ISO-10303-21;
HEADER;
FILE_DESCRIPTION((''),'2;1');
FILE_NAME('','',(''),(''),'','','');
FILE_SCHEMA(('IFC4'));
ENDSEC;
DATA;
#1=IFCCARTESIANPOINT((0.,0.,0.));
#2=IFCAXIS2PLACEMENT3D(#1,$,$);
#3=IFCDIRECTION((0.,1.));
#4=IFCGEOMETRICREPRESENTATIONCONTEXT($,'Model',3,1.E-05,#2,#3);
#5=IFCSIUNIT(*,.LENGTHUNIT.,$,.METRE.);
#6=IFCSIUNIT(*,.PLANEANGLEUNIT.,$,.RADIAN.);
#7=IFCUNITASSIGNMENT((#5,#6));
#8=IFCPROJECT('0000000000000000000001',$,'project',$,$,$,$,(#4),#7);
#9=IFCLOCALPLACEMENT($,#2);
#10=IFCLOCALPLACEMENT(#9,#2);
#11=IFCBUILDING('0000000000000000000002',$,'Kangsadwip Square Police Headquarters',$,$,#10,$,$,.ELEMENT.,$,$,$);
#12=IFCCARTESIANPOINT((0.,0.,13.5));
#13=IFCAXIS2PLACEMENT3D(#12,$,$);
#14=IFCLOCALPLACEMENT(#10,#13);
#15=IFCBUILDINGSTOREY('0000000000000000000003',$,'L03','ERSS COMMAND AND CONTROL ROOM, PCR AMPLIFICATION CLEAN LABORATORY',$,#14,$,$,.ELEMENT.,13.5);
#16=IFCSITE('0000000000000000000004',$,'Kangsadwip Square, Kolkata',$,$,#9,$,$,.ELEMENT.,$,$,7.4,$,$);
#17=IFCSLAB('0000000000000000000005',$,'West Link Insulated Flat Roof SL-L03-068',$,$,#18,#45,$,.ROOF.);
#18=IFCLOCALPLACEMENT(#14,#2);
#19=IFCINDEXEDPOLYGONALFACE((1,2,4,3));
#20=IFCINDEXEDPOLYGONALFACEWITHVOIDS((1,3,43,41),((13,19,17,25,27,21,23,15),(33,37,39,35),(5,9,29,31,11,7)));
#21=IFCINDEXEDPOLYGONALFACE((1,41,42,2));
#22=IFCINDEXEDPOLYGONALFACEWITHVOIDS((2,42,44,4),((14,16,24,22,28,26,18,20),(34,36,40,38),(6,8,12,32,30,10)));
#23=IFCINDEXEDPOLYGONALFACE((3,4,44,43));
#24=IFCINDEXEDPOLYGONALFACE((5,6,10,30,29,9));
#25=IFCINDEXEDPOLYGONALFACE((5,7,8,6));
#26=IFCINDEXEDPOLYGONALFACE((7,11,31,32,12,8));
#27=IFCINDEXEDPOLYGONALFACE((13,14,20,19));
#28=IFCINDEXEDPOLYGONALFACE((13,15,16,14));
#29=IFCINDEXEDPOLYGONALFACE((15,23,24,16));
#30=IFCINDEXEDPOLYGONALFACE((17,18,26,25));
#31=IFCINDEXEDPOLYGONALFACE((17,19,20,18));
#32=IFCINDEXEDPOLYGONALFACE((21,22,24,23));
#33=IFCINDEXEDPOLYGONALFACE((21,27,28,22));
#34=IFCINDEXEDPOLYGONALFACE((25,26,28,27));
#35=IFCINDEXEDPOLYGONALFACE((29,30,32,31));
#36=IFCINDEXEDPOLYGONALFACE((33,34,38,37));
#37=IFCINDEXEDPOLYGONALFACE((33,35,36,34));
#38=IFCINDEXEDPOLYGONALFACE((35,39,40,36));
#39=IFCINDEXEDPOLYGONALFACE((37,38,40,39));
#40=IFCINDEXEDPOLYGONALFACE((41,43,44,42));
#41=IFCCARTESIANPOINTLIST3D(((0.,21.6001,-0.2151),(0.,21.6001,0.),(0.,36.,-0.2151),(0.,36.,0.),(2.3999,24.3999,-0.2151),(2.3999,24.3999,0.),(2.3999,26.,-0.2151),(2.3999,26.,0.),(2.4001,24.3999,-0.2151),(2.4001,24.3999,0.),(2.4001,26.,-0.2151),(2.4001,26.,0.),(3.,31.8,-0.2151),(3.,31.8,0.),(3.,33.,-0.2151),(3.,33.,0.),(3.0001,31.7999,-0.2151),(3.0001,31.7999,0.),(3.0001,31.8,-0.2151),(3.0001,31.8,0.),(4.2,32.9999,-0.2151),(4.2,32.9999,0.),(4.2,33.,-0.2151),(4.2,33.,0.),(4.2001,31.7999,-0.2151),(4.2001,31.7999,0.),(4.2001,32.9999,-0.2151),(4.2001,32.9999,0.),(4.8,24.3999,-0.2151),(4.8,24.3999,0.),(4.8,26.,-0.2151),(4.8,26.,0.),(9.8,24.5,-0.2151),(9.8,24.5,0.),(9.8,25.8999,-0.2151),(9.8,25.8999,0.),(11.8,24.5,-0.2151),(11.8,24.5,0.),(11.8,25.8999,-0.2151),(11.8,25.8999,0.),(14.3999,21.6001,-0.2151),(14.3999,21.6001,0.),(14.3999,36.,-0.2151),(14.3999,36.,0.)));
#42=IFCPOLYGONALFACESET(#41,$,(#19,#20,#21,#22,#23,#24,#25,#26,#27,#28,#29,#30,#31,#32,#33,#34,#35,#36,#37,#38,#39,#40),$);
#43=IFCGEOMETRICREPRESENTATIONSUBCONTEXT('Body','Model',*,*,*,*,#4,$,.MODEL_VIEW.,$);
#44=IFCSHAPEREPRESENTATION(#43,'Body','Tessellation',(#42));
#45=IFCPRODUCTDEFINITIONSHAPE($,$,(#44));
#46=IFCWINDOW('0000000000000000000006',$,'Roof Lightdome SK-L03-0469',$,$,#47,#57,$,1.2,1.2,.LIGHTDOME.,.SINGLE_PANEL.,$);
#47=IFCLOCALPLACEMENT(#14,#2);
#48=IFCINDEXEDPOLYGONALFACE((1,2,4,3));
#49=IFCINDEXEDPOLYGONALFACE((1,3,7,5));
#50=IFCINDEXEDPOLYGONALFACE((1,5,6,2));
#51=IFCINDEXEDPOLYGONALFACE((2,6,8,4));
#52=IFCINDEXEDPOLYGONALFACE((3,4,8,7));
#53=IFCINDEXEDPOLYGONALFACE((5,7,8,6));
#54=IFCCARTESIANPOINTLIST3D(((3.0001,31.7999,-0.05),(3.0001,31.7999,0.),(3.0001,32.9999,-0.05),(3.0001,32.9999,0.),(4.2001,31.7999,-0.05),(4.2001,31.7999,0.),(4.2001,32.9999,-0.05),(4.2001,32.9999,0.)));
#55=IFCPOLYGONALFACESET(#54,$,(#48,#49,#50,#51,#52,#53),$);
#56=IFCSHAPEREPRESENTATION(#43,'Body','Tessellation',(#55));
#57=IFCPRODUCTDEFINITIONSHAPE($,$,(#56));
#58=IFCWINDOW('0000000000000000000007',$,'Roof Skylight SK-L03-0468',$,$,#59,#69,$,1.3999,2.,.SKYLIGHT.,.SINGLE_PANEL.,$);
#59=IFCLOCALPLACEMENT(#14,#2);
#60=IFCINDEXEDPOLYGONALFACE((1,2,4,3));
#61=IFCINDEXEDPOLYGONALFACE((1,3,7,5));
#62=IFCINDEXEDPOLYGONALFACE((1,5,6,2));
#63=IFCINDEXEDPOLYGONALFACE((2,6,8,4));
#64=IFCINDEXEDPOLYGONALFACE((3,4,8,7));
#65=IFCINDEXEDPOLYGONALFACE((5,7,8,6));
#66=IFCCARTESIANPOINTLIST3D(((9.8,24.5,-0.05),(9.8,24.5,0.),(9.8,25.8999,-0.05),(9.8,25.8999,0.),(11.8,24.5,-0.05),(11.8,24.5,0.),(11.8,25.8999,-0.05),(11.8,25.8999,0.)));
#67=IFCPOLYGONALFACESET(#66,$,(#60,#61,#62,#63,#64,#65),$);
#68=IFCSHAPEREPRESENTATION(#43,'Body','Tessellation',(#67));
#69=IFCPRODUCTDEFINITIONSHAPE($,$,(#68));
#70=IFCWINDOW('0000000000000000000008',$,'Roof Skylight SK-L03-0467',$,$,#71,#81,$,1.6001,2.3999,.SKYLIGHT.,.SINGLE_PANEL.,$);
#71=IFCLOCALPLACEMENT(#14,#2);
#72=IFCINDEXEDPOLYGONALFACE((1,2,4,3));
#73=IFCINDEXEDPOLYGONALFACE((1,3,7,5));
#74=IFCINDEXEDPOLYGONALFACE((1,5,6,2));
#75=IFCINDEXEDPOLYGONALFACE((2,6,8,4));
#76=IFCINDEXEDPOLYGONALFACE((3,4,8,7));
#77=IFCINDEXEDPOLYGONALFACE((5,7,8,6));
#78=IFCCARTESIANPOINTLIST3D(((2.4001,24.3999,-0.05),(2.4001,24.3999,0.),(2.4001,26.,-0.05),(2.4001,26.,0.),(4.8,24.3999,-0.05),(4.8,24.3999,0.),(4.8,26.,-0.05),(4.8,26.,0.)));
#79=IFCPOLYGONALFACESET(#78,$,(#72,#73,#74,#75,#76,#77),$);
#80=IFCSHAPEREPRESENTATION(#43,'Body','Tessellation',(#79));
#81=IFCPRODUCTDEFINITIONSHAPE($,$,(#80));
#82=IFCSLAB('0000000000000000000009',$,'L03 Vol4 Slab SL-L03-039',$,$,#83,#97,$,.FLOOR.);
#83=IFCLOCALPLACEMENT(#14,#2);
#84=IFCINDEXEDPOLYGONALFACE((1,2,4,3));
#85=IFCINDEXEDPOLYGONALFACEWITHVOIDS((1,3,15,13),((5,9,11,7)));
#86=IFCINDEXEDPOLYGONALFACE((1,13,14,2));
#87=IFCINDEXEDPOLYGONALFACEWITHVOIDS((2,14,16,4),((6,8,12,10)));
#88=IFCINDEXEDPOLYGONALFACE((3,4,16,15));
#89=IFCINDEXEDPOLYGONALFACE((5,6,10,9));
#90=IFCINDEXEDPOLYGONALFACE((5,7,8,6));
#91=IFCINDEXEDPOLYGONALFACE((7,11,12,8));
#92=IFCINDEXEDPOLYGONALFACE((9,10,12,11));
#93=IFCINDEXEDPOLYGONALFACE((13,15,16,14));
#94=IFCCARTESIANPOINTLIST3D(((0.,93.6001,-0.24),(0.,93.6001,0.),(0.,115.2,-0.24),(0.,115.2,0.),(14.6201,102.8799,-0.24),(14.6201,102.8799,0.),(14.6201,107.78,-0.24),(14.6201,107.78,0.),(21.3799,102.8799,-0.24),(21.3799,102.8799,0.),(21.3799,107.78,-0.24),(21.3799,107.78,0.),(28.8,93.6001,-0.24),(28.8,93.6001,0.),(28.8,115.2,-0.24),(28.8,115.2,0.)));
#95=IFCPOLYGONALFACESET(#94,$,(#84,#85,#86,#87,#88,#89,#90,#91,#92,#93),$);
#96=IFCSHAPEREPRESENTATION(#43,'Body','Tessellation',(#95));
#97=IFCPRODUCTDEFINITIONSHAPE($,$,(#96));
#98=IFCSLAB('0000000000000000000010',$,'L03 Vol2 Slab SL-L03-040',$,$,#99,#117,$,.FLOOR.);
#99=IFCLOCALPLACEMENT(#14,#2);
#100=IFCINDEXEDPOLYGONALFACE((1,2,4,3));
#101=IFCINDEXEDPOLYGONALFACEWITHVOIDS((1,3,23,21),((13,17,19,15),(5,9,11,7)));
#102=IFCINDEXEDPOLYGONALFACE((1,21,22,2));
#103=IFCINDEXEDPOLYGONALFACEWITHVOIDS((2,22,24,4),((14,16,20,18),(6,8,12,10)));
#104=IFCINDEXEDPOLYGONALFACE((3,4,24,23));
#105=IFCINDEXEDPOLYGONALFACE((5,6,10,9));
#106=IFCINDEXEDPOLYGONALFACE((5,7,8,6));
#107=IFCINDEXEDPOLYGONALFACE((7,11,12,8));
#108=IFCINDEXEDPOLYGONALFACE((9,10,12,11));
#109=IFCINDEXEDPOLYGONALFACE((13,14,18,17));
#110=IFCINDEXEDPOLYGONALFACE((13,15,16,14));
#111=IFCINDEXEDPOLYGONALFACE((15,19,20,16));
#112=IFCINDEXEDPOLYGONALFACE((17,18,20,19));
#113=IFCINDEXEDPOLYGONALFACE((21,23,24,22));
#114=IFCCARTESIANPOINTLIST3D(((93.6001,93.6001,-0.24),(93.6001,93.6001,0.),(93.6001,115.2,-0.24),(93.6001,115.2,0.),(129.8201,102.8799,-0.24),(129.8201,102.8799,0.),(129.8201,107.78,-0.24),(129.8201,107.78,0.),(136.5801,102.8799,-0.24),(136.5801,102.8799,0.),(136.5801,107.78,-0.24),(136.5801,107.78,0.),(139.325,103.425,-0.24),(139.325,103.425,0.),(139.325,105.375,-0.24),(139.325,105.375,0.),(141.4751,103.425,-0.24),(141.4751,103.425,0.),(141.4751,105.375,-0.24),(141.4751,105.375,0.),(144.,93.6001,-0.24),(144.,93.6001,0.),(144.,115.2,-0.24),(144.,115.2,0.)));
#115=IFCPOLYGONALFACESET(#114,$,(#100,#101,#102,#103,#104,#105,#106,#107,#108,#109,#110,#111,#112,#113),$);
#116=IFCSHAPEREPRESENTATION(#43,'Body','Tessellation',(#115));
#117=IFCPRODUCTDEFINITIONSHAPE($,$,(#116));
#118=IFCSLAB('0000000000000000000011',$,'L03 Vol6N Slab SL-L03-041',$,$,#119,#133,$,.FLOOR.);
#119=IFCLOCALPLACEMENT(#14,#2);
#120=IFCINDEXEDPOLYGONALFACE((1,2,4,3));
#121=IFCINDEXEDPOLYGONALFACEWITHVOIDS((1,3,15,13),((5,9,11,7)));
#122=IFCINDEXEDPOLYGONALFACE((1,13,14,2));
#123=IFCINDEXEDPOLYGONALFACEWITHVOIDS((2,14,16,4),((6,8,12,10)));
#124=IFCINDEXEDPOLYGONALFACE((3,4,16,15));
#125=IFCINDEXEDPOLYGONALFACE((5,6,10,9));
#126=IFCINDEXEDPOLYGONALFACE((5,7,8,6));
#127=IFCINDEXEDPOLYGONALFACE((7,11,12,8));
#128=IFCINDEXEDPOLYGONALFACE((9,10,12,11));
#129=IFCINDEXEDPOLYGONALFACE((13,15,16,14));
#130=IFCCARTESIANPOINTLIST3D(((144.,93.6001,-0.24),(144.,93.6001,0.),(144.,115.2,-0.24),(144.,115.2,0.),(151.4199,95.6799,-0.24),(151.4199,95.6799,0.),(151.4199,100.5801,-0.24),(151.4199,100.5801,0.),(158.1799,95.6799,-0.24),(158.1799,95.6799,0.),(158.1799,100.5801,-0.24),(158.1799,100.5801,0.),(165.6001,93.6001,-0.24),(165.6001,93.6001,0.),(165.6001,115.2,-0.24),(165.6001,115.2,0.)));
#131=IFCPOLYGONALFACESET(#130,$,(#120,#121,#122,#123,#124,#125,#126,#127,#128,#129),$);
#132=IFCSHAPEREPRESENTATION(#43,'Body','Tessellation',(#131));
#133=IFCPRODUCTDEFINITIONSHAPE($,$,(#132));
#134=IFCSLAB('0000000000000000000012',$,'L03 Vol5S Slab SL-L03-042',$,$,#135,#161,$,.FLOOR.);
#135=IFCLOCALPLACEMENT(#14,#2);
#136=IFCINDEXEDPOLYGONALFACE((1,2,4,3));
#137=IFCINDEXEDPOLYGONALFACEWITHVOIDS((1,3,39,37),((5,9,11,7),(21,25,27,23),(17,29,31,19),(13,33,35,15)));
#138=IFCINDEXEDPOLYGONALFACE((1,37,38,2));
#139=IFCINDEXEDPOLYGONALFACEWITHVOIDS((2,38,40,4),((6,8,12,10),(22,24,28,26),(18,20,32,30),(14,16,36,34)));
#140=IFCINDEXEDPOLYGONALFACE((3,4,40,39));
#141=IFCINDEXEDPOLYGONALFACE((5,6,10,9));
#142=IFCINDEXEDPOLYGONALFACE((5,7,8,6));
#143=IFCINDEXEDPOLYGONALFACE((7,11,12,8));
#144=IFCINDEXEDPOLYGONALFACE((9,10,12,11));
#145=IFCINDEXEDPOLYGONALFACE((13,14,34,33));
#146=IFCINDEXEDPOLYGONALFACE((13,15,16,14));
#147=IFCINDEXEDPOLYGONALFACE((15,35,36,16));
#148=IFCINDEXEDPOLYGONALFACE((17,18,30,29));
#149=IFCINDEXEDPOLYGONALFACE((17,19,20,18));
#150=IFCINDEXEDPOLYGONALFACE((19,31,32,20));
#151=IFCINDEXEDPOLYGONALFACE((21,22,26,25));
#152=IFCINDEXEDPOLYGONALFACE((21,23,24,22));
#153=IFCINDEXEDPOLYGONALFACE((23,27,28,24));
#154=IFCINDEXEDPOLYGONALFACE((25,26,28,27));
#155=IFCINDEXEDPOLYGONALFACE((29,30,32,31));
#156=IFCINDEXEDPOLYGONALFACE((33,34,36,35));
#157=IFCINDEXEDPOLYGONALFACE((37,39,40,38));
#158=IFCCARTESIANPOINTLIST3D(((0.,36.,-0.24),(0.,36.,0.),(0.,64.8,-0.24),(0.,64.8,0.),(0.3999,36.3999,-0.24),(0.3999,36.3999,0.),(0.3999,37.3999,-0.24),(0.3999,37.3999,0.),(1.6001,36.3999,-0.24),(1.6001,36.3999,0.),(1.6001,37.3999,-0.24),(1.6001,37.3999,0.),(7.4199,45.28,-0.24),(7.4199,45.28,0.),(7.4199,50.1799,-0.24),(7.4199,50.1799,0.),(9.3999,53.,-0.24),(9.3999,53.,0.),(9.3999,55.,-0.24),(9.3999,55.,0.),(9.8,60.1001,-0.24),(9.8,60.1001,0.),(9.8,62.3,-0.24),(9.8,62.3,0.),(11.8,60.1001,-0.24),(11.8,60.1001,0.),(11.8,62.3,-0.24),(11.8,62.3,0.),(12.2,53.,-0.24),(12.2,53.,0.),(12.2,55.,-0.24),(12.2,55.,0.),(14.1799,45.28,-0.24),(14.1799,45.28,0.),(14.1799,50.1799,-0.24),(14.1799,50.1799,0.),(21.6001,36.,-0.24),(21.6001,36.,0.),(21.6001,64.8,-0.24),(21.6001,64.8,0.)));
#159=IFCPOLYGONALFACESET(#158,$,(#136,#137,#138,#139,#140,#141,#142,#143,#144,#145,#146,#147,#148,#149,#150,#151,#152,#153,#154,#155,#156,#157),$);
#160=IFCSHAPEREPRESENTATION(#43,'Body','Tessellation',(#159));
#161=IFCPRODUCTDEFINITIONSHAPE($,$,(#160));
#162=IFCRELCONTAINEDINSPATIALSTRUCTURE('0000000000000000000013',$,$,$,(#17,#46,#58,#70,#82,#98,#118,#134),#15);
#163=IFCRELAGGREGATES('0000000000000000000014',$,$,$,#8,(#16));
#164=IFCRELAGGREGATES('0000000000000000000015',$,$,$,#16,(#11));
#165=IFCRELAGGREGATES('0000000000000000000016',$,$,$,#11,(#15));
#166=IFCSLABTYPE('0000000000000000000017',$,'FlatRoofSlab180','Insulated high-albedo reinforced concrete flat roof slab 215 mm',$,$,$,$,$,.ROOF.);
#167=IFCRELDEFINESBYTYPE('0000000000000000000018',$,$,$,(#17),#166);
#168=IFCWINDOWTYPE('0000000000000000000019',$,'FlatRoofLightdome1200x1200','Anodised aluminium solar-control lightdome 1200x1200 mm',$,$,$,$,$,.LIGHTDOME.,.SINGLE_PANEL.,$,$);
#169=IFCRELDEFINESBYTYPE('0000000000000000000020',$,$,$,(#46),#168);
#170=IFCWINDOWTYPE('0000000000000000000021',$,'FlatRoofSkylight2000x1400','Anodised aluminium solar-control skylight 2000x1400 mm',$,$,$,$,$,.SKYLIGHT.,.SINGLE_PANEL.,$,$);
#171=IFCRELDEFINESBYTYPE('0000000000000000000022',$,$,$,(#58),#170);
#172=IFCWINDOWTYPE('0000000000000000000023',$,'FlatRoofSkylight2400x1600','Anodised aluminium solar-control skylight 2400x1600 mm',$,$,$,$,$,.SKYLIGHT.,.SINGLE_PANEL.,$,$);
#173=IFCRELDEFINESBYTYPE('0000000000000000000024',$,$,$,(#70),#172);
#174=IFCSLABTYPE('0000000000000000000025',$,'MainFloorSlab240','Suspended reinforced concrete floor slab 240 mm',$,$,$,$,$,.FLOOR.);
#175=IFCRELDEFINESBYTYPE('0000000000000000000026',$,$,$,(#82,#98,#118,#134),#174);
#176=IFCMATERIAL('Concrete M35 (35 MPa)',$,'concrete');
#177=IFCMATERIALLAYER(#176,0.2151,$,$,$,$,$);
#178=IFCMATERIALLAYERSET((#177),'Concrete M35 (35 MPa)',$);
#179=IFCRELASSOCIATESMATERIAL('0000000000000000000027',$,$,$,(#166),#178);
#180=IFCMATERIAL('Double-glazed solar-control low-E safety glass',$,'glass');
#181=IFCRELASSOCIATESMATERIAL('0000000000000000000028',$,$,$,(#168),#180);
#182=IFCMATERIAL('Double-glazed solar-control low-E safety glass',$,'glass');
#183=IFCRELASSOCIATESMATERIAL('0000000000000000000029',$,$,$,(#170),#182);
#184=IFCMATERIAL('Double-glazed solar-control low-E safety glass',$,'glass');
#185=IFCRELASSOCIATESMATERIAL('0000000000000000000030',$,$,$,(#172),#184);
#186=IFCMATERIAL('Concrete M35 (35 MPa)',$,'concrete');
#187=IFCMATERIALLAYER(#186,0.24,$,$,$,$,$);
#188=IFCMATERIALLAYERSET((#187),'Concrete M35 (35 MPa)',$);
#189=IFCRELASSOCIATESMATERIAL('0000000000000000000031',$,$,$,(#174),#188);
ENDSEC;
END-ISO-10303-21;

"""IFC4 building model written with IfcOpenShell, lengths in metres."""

from ifc_helpers import new_model, si_unit, direction, frame, origin, origin_2d, place, context, subcontext, project, spatial, polyline, rectangle, outline, extrude, material, layer, layer_set, type_object, element, fill, save


model = new_model("IFC4")

# Units and contexts
model_context = context("Model", 3, precision=1e-05, world=origin(), true_north=direction((0.0, 1.0)))
body_context = subcontext(model_context, "Body", "Model", "MODEL_VIEW")
ifc_project = project(units=[si_unit("LENGTHUNIT", "METRE"), si_unit("PLANEANGLEUNIT", "RADIAN")], contexts=[model_context])

# Site, building, storey
site_placement = place(None, origin())
site = spatial("IfcSite", under=ifc_project, at=site_placement, Name="Kangsadwip Square, Kolkata", CompositionType="ELEMENT", RefElevation=7.4)
building_placement = place(site_placement, origin())
building = spatial("IfcBuilding", under=site, at=building_placement, Name="Kangsadwip Square Police Headquarters", CompositionType="ELEMENT")
storey_placement = place(building_placement, frame((0.0, 0.0, 13.5)))
storey = spatial("IfcBuildingStorey", under=building, at=storey_placement, Name="L03", Description="ERSS COMMAND AND CONTROL ROOM, PCR AMPLIFICATION CLEAN LABORATORY", CompositionType="ELEMENT", Elevation=13.5)

# Slab, openings, windows
ifc_material_1 = material(Name="Concrete M35 (35 MPa)", Category="concrete")
ifc_layer_1 = layer(ifc_material_1, 0.2151)
ifc_layer_set_1 = layer_set([ifc_layer_1], Name="Concrete M35 (35 MPa)")
slab_type_1 = type_object("IfcSlabType", Name="FlatRoofSlab180", Description="Insulated high-albedo reinforced concrete flat roof slab 215 mm", PredefinedType="ROOF", material=ifc_layer_set_1)
slab_1_placement = place(storey_placement, frame((0.0, 0.0, -0.2151)))
slab_1 = element("IfcSlab", 1, at=slab_1_placement, inside=storey, type_object=slab_type_1, Name="West Link Insulated Flat Roof SL-L03-068", PredefinedType="ROOF", context=body_context, shape_type="SweptSolid", body=[
    extrude(outline(polyline([(0.0, 21.6001), (0.0, 36.0), (14.3999, 36.0), (14.3999, 21.6001), (0.0, 21.6001)]), holes=[polyline([(2.3999, 24.3999), (4.8, 24.3999), (4.8, 26.0), (2.3999, 26.0), (2.3999, 24.3999)]), polyline([(9.8, 24.5), (11.8, 24.5), (11.8, 25.8999), (9.8, 25.8999), (9.8, 24.5)]), polyline([(3.0, 31.8), (4.2, 31.8), (4.2, 33.0), (3.0, 33.0), (3.0, 31.8)])]), origin(), (0.0, 0.0, 1.0), 0.2151),
])
opening_1_placement = place(slab_1_placement, frame((3.6001, 25.2, 0.0)))
opening_1 = element("IfcOpeningElement", 2, at=opening_1_placement, cuts=slab_1, PredefinedType="OPENING", context=body_context, shape_type="SweptSolid", body=[
    extrude(rectangle(XDim=2.3999, YDim=1.6001, at=origin_2d()), origin(), (0.0, 0.0, 1.0), 0.2151),
])
opening_2_placement = place(slab_1_placement, frame((10.8, 25.2, 0.0)))
opening_2 = element("IfcOpeningElement", 3, at=opening_2_placement, cuts=slab_1, PredefinedType="OPENING", context=body_context, shape_type="SweptSolid", body=[
    extrude(rectangle(XDim=2.0, YDim=1.3999, at=origin_2d()), origin(), (0.0, 0.0, 1.0), 0.2151),
])
opening_3_placement = place(slab_1_placement, frame((3.6001, 32.3999, 0.0)))
opening_3 = element("IfcOpeningElement", 4, at=opening_3_placement, cuts=slab_1, PredefinedType="OPENING", context=body_context, shape_type="SweptSolid", body=[
    extrude(rectangle(XDim=1.2, YDim=1.2, at=origin_2d()), origin(), (0.0, 0.0, 1.0), 0.2151),
])
ifc_material_2 = material(Name="Double-glazed solar-control low-E safety glass", Category="glass")
window_type_1 = type_object("IfcWindowType", Name="FlatRoofLightdome1200x1200", Description="Anodised aluminium solar-control lightdome 1200x1200 mm", PartitioningType="SINGLE_PANEL", PredefinedType="LIGHTDOME", material=ifc_material_2)
window_1_placement = place(opening_3_placement, frame((0.0, 0.0, 0.165)))
window_1 = element("IfcWindow", 5, at=window_1_placement, inside=storey, type_object=window_type_1, Name="Roof Lightdome SK-L03-0469", OverallHeight=1.2, OverallWidth=1.2, PartitioningType="SINGLE_PANEL", PredefinedType="LIGHTDOME", context=body_context, shape_type="SweptSolid", body=[
    extrude(rectangle(XDim=1.2, YDim=1.2, at=origin_2d()), origin(), (0.0, 0.0, 1.0), 0.05),
])
fill(opening_3, window_1)
ifc_material_3 = material(Name="Double-glazed solar-control low-E safety glass", Category="glass")
window_type_2 = type_object("IfcWindowType", Name="FlatRoofSkylight2000x1400", Description="Anodised aluminium solar-control skylight 2000x1400 mm", PartitioningType="SINGLE_PANEL", PredefinedType="SKYLIGHT", material=ifc_material_3)
window_2_placement = place(opening_2_placement, frame((0.0, 0.0, 0.165)))
window_2 = element("IfcWindow", 6, at=window_2_placement, inside=storey, type_object=window_type_2, Name="Roof Skylight SK-L03-0468", OverallHeight=1.3999, OverallWidth=2.0, PartitioningType="SINGLE_PANEL", PredefinedType="SKYLIGHT", context=body_context, shape_type="SweptSolid", body=[
    extrude(rectangle(XDim=2.0, YDim=1.3999, at=origin_2d()), origin(), (0.0, 0.0, 1.0), 0.05),
])
fill(opening_2, window_2)
ifc_material_4 = material(Name="Double-glazed solar-control low-E safety glass", Category="glass")
window_type_3 = type_object("IfcWindowType", Name="FlatRoofSkylight2400x1600", Description="Anodised aluminium solar-control skylight 2400x1600 mm", PartitioningType="SINGLE_PANEL", PredefinedType="SKYLIGHT", material=ifc_material_4)
window_3_placement = place(opening_1_placement, frame((0.0, 0.0, 0.165)))
window_3 = element("IfcWindow", 7, at=window_3_placement, inside=storey, type_object=window_type_3, Name="Roof Skylight SK-L03-0467", OverallHeight=1.6001, OverallWidth=2.3999, PartitioningType="SINGLE_PANEL", PredefinedType="SKYLIGHT", context=body_context, shape_type="SweptSolid", body=[
    extrude(rectangle(XDim=2.3999, YDim=1.6001, at=origin_2d()), origin(), (0.0, 0.0, 1.0), 0.05),
])
fill(opening_1, window_3)

# Slabs
ifc_material_5 = material(Name="Concrete M35 (35 MPa)", Category="concrete")
ifc_layer_2 = layer(ifc_material_5, 0.24)
ifc_layer_set_2 = layer_set([ifc_layer_2], Name="Concrete M35 (35 MPa)")
slab_type_2 = type_object("IfcSlabType", Name="MainFloorSlab240", Description="Suspended reinforced concrete floor slab 240 mm", PredefinedType="FLOOR", material=ifc_layer_set_2)
slab_2_placement = place(storey_placement, frame((0.0, 0.0, -0.24)))
element("IfcSlab", 8, at=slab_2_placement, inside=storey, type_object=slab_type_2, Name="L03 Vol4 Slab SL-L03-039", PredefinedType="FLOOR", context=body_context, shape_type="SweptSolid", body=[
    extrude(outline(polyline([(0.0, 93.6001), (0.0, 115.2), (28.8, 115.2), (28.8, 93.6001), (0.0, 93.6001)]), holes=[polyline([(14.6201, 102.8799), (21.3799, 102.8799), (21.3799, 107.78), (14.6201, 107.78), (14.6201, 102.8799)])]), origin(), (0.0, 0.0, 1.0), 0.24),
])
slab_3_placement = place(storey_placement, frame((0.0, 0.0, -0.24)))
element("IfcSlab", 9, at=slab_3_placement, inside=storey, type_object=slab_type_2, Name="L03 Vol2 Slab SL-L03-040", PredefinedType="FLOOR", context=body_context, shape_type="SweptSolid", body=[
    extrude(outline(polyline([(93.6001, 93.6001), (93.6001, 115.2), (144.0, 115.2), (144.0, 93.6001), (93.6001, 93.6001)]), holes=[polyline([(136.5801, 102.8799), (136.5801, 107.78), (129.8201, 107.78), (129.8201, 102.8799), (136.5801, 102.8799)]), polyline([(141.4751, 103.425), (141.4751, 105.375), (139.325, 105.375), (139.325, 103.425), (141.4751, 103.425)])]), origin(), (0.0, 0.0, 1.0), 0.24),
])
slab_4_placement = place(storey_placement, frame((0.0, 0.0, -0.24)))
element("IfcSlab", 10, at=slab_4_placement, inside=storey, type_object=slab_type_2, Name="L03 Vol6N Slab SL-L03-041", PredefinedType="FLOOR", context=body_context, shape_type="SweptSolid", body=[
    extrude(outline(polyline([(144.0, 93.6001), (144.0, 115.2), (165.6001, 115.2), (165.6001, 93.6001), (144.0, 93.6001)]), holes=[polyline([(151.4199, 95.6799), (158.1799, 95.6799), (158.1799, 100.5801), (151.4199, 100.5801), (151.4199, 95.6799)])]), origin(), (0.0, 0.0, 1.0), 0.24),
])
slab_5_placement = place(storey_placement, frame((0.0, 0.0, -0.24)))
element("IfcSlab", 11, at=slab_5_placement, inside=storey, type_object=slab_type_2, Name="L03 Vol5S Slab SL-L03-042", PredefinedType="FLOOR", context=body_context, shape_type="SweptSolid", body=[
    extrude(outline(polyline([(0.0, 36.0), (0.0, 64.8), (21.6001, 64.8), (21.6001, 36.0), (0.0, 36.0)]), holes=[polyline([(1.6001, 37.3999), (0.3999, 37.3999), (0.3999, 36.3999), (1.6001, 36.3999), (1.6001, 37.3999)]), polyline([(14.1799, 45.28), (14.1799, 50.1799), (7.4199, 50.1799), (7.4199, 45.28), (14.1799, 45.28)]), polyline([(12.2, 55.0), (9.3999, 55.0), (9.3999, 53.0), (12.2, 53.0), (12.2, 55.0)]), polyline([(11.8, 62.3), (9.8, 62.3), (9.8, 60.1001), (11.8, 60.1001), (11.8, 62.3)])]), origin(), (0.0, 0.0, 1.0), 0.24),
])

save(model, "model.ifc")
